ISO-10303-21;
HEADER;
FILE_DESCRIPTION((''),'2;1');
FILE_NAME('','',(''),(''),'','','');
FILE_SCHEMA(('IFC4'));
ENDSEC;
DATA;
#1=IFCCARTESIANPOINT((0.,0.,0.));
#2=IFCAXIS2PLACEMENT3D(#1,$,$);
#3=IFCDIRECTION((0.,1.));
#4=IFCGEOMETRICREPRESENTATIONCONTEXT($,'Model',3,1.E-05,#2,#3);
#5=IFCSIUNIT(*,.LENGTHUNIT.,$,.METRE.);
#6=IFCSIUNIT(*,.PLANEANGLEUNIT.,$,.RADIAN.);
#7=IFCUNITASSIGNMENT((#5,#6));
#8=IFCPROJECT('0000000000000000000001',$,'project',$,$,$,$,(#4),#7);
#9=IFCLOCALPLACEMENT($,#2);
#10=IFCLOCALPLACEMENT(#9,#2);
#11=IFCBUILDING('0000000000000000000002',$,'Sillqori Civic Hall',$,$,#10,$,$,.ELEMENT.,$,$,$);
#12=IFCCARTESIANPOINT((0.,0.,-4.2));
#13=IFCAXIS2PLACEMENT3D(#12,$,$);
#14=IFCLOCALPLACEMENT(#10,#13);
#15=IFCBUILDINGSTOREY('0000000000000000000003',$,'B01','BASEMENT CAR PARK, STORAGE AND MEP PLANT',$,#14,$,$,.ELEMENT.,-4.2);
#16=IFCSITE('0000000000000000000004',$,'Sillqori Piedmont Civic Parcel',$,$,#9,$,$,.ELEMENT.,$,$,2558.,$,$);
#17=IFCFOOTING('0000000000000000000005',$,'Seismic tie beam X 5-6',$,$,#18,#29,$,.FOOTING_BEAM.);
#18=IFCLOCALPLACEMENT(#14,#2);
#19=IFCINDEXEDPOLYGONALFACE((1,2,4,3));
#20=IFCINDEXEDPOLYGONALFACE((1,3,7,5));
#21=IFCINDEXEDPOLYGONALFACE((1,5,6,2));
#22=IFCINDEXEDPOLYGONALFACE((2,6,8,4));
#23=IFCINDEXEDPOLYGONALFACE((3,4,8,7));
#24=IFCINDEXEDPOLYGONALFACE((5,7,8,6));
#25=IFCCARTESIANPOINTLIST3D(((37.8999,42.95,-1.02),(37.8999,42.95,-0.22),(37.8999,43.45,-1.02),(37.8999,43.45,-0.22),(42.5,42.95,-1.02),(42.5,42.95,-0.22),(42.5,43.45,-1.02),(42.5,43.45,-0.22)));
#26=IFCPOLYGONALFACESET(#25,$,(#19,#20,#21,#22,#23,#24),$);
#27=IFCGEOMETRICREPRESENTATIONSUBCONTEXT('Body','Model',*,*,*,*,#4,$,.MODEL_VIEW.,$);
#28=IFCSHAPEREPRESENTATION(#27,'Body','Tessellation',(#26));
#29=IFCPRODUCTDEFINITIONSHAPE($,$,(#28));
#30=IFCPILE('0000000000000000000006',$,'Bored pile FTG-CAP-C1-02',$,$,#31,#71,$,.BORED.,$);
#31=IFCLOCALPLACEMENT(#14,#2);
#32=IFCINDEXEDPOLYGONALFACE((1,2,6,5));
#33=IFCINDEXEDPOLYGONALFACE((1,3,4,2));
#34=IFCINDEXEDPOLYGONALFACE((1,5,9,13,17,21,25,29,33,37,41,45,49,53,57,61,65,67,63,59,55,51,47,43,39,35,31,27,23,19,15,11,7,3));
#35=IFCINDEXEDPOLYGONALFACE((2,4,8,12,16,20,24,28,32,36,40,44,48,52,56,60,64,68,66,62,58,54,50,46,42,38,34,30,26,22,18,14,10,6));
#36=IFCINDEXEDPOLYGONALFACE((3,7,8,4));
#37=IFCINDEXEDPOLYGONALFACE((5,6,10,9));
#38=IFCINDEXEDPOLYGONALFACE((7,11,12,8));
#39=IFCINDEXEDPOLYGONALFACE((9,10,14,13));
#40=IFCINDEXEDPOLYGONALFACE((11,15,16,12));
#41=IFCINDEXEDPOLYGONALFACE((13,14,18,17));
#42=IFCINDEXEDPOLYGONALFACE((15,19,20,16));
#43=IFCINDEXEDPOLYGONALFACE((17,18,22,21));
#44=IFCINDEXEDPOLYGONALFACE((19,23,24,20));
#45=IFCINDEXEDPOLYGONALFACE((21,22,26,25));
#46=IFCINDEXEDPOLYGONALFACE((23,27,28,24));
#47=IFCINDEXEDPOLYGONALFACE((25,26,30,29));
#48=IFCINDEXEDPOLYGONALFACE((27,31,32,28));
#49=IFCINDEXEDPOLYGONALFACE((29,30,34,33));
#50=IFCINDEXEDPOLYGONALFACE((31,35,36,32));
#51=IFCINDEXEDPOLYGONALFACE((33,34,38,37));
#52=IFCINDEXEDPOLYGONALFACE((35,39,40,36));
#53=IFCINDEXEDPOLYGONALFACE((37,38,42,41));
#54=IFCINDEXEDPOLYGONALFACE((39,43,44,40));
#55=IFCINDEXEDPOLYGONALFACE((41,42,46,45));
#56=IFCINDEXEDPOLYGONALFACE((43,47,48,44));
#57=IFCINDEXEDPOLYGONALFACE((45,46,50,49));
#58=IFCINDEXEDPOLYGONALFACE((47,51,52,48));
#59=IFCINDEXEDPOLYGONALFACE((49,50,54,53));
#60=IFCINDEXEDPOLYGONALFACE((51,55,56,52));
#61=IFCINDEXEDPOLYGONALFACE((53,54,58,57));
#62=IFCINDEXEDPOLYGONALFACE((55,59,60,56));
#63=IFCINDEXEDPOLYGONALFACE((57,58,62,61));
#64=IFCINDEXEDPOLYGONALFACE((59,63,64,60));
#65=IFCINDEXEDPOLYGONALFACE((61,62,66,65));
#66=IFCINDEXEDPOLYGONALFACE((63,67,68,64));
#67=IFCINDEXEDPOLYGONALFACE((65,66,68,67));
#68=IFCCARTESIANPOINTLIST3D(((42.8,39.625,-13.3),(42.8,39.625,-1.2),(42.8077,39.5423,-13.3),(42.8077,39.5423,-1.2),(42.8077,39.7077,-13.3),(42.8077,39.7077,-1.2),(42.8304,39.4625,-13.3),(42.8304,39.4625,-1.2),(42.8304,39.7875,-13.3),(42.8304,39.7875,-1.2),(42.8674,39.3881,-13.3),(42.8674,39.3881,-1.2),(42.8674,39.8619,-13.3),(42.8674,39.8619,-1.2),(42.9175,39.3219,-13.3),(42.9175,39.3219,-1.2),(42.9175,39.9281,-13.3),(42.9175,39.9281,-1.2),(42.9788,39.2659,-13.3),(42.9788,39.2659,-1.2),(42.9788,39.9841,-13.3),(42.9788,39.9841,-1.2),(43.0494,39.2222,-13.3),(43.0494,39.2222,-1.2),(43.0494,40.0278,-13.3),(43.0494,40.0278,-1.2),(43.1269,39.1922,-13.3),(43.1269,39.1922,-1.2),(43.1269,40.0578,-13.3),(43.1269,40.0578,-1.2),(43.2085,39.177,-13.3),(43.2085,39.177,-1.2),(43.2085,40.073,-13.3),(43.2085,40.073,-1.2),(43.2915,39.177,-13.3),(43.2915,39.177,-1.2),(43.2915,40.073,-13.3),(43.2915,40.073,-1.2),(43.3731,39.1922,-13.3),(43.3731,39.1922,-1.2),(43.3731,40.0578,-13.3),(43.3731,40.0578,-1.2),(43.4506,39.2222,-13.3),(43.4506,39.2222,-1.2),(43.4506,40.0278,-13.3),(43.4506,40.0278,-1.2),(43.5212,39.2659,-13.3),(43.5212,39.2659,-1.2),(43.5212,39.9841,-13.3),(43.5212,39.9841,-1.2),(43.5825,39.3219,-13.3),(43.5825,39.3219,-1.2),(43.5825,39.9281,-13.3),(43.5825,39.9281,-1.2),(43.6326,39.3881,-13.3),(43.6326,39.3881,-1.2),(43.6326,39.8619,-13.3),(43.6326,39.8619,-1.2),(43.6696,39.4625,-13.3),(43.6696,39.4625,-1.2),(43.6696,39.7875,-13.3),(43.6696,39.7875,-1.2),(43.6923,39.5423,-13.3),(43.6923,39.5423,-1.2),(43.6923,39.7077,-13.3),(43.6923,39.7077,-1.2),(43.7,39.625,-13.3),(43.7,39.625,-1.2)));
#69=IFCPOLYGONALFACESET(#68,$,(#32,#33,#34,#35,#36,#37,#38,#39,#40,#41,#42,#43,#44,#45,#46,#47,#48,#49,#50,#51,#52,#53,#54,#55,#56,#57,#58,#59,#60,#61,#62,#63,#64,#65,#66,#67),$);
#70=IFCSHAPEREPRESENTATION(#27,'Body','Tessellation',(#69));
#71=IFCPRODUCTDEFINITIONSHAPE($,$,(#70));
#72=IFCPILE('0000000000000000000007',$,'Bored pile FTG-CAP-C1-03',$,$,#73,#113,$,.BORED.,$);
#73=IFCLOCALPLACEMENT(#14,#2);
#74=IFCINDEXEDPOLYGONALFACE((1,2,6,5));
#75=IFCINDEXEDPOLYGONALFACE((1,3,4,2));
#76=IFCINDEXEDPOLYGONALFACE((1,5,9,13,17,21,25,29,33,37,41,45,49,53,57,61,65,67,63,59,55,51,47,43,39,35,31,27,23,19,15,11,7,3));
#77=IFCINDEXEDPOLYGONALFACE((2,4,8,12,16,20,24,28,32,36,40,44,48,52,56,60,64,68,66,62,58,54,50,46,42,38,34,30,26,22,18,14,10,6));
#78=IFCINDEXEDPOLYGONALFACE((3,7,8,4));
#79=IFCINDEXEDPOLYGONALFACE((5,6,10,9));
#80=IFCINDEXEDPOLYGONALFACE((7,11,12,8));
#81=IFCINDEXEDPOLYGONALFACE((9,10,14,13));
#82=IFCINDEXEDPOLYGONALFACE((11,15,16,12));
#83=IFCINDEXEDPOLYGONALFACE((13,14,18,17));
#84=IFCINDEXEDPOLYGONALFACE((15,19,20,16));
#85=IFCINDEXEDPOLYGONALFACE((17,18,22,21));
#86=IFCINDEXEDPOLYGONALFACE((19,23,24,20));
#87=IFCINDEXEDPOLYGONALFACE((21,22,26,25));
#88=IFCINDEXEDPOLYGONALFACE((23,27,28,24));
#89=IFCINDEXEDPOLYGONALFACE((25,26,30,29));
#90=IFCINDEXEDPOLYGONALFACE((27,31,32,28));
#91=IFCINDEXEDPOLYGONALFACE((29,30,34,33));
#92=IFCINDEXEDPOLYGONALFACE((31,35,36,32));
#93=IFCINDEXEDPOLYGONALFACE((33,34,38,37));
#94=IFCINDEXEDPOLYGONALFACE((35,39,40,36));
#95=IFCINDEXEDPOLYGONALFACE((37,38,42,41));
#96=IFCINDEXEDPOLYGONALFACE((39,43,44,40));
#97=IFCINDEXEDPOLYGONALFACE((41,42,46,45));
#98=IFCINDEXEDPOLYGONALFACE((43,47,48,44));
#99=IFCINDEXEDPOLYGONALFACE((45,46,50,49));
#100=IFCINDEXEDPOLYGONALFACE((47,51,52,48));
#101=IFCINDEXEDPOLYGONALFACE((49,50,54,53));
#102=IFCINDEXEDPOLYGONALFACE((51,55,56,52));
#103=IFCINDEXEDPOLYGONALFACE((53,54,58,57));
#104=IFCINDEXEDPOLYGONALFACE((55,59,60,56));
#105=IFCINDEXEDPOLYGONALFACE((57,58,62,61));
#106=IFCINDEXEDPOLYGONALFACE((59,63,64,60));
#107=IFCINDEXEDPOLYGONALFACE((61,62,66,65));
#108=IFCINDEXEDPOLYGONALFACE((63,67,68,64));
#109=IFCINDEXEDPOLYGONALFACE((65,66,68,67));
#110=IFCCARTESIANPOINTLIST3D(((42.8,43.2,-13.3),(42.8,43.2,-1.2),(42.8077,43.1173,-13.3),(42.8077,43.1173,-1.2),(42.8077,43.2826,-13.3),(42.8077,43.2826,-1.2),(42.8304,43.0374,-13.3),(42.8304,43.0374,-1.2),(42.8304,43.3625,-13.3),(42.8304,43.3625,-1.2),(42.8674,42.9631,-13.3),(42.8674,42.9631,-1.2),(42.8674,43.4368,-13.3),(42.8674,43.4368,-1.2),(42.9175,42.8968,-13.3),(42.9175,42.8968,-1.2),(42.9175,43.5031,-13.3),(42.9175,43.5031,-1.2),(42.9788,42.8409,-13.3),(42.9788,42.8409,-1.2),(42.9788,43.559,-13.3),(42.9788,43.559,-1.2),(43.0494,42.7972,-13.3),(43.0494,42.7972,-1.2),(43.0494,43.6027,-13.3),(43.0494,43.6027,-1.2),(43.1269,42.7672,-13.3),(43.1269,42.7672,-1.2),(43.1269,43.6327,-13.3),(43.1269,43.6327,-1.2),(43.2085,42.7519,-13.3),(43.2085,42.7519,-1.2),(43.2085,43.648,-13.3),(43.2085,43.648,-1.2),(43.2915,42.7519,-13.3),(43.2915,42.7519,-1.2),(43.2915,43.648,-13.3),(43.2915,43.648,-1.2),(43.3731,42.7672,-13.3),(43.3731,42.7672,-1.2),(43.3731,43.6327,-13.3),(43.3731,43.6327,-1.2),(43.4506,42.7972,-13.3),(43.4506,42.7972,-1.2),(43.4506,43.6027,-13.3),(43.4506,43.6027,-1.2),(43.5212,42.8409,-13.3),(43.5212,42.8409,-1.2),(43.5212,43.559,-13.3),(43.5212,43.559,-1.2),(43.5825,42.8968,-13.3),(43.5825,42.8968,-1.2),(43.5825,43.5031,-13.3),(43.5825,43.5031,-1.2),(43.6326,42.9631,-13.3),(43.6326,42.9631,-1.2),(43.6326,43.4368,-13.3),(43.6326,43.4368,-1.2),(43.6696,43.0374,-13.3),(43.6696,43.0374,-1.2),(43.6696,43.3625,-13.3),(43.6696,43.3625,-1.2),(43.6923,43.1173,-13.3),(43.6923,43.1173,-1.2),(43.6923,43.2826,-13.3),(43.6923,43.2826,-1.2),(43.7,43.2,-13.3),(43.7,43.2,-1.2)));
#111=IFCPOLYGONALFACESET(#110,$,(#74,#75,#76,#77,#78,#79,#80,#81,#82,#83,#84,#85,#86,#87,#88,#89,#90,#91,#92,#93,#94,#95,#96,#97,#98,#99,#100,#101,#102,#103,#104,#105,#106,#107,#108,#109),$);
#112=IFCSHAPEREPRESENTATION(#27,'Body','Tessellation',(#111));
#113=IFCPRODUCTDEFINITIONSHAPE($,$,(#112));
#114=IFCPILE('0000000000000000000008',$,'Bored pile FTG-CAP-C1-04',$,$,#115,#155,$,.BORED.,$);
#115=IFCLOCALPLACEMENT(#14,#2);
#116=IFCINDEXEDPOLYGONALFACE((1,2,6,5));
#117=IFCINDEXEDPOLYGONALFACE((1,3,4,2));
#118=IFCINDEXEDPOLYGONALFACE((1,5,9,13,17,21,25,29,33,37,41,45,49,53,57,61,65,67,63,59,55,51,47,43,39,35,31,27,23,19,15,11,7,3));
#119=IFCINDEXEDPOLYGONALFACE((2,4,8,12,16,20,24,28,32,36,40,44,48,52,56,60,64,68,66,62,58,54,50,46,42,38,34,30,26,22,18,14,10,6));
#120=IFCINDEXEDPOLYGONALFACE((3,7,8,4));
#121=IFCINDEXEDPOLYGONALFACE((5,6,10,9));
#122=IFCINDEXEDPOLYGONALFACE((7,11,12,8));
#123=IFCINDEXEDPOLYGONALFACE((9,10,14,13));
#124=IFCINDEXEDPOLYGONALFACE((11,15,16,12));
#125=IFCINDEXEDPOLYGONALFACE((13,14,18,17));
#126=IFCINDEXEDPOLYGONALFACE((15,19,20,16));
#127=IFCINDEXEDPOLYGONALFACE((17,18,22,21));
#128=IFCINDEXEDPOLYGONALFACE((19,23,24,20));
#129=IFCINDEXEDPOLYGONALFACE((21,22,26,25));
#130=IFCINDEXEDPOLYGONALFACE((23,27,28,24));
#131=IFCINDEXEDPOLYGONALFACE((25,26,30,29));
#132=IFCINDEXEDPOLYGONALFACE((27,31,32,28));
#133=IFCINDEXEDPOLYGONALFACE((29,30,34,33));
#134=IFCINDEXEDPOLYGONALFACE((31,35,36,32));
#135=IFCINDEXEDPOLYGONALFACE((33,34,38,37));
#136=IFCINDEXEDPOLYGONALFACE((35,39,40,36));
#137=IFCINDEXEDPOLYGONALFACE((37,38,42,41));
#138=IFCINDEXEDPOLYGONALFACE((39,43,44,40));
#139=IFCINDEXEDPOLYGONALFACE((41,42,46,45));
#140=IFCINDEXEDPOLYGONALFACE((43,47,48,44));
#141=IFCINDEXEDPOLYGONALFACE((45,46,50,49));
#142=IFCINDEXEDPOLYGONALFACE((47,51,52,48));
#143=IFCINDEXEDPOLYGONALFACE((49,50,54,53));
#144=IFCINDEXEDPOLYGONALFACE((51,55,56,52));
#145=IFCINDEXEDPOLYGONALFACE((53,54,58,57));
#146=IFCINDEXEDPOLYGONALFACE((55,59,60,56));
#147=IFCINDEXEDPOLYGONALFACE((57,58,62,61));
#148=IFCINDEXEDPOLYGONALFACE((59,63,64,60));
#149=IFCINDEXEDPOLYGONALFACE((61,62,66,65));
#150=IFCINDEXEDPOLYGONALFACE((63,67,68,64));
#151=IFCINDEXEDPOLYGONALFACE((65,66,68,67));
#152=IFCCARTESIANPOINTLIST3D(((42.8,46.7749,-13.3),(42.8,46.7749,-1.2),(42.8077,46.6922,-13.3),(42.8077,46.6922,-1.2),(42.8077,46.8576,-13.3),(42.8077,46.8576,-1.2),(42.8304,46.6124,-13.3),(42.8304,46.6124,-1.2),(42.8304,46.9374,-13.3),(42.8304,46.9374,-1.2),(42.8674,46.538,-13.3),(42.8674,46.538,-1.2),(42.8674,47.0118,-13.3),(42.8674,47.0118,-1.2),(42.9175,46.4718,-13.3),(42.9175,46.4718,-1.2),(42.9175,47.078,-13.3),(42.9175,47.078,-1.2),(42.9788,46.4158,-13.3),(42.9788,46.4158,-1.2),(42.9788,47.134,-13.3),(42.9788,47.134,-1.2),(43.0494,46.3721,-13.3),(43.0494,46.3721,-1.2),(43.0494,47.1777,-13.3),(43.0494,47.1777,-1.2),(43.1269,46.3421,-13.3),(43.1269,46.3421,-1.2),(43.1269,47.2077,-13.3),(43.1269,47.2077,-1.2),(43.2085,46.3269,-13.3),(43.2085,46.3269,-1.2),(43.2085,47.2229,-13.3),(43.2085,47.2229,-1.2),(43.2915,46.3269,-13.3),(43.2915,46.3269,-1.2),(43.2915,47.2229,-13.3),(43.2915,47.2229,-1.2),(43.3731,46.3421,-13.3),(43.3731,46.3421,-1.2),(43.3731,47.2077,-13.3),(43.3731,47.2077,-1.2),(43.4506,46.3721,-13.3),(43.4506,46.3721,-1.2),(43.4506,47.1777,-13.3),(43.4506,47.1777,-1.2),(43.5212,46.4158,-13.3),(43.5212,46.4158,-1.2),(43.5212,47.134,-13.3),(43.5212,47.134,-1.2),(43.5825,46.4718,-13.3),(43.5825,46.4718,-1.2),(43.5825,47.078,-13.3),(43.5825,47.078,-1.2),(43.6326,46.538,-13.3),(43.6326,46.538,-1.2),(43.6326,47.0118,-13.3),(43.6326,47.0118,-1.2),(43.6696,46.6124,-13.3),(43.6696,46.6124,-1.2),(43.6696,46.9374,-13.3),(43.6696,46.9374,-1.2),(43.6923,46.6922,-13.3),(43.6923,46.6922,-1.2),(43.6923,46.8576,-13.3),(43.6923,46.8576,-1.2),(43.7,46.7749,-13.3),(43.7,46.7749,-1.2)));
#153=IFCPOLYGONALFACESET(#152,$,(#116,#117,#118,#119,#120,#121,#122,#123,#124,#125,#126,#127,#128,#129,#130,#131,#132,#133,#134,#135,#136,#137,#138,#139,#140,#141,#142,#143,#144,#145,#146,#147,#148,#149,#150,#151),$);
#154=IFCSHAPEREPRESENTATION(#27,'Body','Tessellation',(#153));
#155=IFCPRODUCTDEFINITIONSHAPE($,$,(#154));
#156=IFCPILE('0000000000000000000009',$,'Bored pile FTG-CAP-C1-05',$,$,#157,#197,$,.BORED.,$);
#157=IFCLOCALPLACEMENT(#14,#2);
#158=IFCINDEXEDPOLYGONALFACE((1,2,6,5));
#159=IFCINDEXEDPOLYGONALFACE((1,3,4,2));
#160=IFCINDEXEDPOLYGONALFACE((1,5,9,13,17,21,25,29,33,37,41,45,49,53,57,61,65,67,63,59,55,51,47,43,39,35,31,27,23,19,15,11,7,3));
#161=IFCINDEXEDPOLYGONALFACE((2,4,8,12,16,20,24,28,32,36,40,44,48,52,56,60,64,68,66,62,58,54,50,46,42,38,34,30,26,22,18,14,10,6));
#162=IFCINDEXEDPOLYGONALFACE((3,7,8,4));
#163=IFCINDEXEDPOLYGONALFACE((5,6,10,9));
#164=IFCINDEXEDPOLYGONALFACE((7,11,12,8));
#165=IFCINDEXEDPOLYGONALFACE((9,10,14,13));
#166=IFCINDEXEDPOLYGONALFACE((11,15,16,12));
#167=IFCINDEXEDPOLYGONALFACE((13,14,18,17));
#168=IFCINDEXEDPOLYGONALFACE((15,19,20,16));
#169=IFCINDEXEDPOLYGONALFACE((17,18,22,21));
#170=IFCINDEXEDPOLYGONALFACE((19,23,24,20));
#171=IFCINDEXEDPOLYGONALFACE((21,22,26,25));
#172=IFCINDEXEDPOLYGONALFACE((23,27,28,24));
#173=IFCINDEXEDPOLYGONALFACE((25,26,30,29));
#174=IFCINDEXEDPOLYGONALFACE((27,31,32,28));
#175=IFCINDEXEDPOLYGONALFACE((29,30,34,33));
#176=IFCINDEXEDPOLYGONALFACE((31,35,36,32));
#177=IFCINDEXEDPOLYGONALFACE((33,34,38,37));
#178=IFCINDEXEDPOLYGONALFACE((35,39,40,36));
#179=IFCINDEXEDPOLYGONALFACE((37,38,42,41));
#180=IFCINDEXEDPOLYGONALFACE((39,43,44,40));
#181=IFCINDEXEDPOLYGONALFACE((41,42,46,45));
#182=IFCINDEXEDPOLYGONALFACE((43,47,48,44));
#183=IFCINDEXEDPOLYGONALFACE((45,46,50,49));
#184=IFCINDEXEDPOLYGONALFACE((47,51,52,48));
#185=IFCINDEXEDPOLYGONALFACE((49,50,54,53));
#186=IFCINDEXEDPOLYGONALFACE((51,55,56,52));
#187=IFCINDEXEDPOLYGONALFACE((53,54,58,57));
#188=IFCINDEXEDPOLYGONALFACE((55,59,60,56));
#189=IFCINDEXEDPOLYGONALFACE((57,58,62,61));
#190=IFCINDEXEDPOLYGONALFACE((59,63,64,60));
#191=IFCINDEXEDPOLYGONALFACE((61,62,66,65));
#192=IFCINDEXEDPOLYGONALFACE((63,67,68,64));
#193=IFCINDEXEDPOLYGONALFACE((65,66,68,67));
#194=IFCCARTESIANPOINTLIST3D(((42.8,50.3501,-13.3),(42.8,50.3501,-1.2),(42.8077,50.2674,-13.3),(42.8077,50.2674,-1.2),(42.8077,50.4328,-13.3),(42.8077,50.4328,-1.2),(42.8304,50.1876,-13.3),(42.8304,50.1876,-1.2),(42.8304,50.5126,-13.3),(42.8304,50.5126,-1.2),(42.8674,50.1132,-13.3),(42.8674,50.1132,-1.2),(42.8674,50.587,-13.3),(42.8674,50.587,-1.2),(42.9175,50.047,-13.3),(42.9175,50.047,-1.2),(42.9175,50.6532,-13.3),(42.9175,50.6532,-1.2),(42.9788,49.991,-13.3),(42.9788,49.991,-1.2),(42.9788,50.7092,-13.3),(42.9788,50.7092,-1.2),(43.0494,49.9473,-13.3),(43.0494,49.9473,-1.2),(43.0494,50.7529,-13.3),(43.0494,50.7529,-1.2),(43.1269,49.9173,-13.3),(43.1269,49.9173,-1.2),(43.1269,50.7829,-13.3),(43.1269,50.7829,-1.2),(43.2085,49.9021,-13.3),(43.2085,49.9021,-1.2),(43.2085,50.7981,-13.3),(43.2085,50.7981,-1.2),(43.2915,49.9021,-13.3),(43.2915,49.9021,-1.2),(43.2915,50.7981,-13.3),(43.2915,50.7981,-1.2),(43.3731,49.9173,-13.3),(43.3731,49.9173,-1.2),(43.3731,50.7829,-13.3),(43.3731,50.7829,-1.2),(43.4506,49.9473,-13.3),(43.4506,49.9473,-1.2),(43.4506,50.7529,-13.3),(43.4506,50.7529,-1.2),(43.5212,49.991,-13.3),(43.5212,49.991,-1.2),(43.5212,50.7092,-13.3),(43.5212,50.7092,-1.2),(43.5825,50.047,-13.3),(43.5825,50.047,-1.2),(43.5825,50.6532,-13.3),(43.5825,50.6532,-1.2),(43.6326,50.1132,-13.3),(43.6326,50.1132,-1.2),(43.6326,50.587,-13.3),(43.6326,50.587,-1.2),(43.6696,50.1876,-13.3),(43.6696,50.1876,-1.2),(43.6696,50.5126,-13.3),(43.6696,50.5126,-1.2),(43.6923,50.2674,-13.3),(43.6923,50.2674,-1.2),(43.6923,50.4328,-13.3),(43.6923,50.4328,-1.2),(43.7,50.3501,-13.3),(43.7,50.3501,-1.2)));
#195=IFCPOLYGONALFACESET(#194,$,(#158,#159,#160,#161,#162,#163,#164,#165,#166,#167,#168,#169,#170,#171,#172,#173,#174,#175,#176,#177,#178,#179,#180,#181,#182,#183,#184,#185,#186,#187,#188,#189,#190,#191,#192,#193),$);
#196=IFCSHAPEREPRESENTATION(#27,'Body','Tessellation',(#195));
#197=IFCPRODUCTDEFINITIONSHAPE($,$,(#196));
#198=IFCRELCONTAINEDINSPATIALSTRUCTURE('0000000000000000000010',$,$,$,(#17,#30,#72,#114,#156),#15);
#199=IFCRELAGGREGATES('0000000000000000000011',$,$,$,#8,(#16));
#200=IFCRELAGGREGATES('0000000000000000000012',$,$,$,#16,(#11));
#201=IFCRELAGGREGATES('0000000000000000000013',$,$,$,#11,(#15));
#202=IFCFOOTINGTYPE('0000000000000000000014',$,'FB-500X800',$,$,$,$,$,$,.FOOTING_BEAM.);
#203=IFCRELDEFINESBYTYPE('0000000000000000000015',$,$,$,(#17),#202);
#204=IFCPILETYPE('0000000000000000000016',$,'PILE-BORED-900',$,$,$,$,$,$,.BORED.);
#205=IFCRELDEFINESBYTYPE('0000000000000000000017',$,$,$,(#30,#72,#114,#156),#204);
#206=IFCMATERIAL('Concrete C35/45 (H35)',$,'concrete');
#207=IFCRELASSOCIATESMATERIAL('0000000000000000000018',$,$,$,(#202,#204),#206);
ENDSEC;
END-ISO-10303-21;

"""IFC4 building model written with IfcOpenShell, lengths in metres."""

from ifc_helpers import new_model, si_unit, direction, frame, origin, origin_2d, place, context, subcontext, project, spatial, rectangle, circle, extrude, material, material_profile, profile_set, type_object, element, save


model = new_model("IFC4")

# Units and contexts
model_context = context("Model", 3, precision=1e-05, world=origin(), true_north=direction((0.0, 1.0)))
body_context = subcontext(model_context, "Body", "Model", "MODEL_VIEW")
ifc_project = project(units=[si_unit("LENGTHUNIT", "METRE"), si_unit("PLANEANGLEUNIT", "RADIAN")], contexts=[model_context])

# Site, building, storey
site_placement = place(None, origin())
site = spatial("IfcSite", under=ifc_project, at=site_placement, Name="Sillqori Piedmont Civic Parcel", CompositionType="ELEMENT", RefElevation=2558.0)
building_placement = place(site_placement, origin())
building = spatial("IfcBuilding", under=site, at=building_placement, Name="Sillqori Civic Hall", CompositionType="ELEMENT")
storey_placement = place(building_placement, frame((0.0, 0.0, -4.2)))
storey = spatial("IfcBuildingStorey", under=building, at=storey_placement, Name="B01", Description="BASEMENT CAR PARK, STORAGE AND MEP PLANT", CompositionType="ELEMENT", Elevation=-4.2)

# Footing
ifc_material_1 = material(Name="Concrete C35/45 (H35)", Category="concrete")
footing_type_1 = type_object("IfcFootingType", Name="FB-500X800", PredefinedType="FOOTING_BEAM", material=ifc_material_1)
footing_1_placement = place(storey_placement, frame((40.2, 43.2, -1.02), z_axis=(0.0, 0.0, 1.0), x_axis=(1.0, 0.0, 0.0)))
element("IfcFooting", 1, at=footing_1_placement, inside=storey, type_object=footing_type_1, Name="Seismic tie beam X 5-6", PredefinedType="FOOTING_BEAM", context=body_context, shape_type="SweptSolid", body=[
    extrude(rectangle(XDim=4.6001, YDim=0.5, at=origin_2d()), origin(), (0.0, 0.0, 1.0), 0.8),
])

# Piles
ifc_material_profile_1 = material_profile(ifc_material_1, circle(Radius=0.45, at=origin_2d()), Name="BORED PILE 900")
ifc_profile_set_1 = profile_set([ifc_material_profile_1], Name="Concrete C35/45 (H35)")
pile_type = type_object("IfcPileType", Name="PILE-BORED-900", PredefinedType="BORED", material=ifc_profile_set_1)
for number, where, z_axis, x_axis, name in (
    (2, (43.25, 39.625, -1.2), (0.0, 0.0, -1.0), (1.0, 0.0, 0.0), "Bored pile FTG-CAP-C1-02"),
    (3, (43.25, 43.2, -1.2), (0.0, 0.0, -1.0), (1.0, 0.0, 0.0), "Bored pile FTG-CAP-C1-03"),
    (4, (43.25, 46.7749, -1.2), (0.0, 0.0, -1.0), (1.0, 0.0, 0.0), "Bored pile FTG-CAP-C1-04"),
    (5, (43.25, 50.3501, -1.2), (0.0, 0.0, -1.0), (1.0, 0.0, 0.0), "Bored pile FTG-CAP-C1-05"),
):
    element("IfcPile", number, at=place(storey_placement, frame(where, z_axis=z_axis, x_axis=x_axis)), inside=storey, type_object=pile_type, Name=name, PredefinedType="BORED", context=body_context, shape_type="SweptSolid", body=[
        extrude(circle(Radius=0.45, at=origin_2d()), origin(), (0.0, 0.0, 1.0), 12.1001),
    ])

save(model, "model.ifc")
